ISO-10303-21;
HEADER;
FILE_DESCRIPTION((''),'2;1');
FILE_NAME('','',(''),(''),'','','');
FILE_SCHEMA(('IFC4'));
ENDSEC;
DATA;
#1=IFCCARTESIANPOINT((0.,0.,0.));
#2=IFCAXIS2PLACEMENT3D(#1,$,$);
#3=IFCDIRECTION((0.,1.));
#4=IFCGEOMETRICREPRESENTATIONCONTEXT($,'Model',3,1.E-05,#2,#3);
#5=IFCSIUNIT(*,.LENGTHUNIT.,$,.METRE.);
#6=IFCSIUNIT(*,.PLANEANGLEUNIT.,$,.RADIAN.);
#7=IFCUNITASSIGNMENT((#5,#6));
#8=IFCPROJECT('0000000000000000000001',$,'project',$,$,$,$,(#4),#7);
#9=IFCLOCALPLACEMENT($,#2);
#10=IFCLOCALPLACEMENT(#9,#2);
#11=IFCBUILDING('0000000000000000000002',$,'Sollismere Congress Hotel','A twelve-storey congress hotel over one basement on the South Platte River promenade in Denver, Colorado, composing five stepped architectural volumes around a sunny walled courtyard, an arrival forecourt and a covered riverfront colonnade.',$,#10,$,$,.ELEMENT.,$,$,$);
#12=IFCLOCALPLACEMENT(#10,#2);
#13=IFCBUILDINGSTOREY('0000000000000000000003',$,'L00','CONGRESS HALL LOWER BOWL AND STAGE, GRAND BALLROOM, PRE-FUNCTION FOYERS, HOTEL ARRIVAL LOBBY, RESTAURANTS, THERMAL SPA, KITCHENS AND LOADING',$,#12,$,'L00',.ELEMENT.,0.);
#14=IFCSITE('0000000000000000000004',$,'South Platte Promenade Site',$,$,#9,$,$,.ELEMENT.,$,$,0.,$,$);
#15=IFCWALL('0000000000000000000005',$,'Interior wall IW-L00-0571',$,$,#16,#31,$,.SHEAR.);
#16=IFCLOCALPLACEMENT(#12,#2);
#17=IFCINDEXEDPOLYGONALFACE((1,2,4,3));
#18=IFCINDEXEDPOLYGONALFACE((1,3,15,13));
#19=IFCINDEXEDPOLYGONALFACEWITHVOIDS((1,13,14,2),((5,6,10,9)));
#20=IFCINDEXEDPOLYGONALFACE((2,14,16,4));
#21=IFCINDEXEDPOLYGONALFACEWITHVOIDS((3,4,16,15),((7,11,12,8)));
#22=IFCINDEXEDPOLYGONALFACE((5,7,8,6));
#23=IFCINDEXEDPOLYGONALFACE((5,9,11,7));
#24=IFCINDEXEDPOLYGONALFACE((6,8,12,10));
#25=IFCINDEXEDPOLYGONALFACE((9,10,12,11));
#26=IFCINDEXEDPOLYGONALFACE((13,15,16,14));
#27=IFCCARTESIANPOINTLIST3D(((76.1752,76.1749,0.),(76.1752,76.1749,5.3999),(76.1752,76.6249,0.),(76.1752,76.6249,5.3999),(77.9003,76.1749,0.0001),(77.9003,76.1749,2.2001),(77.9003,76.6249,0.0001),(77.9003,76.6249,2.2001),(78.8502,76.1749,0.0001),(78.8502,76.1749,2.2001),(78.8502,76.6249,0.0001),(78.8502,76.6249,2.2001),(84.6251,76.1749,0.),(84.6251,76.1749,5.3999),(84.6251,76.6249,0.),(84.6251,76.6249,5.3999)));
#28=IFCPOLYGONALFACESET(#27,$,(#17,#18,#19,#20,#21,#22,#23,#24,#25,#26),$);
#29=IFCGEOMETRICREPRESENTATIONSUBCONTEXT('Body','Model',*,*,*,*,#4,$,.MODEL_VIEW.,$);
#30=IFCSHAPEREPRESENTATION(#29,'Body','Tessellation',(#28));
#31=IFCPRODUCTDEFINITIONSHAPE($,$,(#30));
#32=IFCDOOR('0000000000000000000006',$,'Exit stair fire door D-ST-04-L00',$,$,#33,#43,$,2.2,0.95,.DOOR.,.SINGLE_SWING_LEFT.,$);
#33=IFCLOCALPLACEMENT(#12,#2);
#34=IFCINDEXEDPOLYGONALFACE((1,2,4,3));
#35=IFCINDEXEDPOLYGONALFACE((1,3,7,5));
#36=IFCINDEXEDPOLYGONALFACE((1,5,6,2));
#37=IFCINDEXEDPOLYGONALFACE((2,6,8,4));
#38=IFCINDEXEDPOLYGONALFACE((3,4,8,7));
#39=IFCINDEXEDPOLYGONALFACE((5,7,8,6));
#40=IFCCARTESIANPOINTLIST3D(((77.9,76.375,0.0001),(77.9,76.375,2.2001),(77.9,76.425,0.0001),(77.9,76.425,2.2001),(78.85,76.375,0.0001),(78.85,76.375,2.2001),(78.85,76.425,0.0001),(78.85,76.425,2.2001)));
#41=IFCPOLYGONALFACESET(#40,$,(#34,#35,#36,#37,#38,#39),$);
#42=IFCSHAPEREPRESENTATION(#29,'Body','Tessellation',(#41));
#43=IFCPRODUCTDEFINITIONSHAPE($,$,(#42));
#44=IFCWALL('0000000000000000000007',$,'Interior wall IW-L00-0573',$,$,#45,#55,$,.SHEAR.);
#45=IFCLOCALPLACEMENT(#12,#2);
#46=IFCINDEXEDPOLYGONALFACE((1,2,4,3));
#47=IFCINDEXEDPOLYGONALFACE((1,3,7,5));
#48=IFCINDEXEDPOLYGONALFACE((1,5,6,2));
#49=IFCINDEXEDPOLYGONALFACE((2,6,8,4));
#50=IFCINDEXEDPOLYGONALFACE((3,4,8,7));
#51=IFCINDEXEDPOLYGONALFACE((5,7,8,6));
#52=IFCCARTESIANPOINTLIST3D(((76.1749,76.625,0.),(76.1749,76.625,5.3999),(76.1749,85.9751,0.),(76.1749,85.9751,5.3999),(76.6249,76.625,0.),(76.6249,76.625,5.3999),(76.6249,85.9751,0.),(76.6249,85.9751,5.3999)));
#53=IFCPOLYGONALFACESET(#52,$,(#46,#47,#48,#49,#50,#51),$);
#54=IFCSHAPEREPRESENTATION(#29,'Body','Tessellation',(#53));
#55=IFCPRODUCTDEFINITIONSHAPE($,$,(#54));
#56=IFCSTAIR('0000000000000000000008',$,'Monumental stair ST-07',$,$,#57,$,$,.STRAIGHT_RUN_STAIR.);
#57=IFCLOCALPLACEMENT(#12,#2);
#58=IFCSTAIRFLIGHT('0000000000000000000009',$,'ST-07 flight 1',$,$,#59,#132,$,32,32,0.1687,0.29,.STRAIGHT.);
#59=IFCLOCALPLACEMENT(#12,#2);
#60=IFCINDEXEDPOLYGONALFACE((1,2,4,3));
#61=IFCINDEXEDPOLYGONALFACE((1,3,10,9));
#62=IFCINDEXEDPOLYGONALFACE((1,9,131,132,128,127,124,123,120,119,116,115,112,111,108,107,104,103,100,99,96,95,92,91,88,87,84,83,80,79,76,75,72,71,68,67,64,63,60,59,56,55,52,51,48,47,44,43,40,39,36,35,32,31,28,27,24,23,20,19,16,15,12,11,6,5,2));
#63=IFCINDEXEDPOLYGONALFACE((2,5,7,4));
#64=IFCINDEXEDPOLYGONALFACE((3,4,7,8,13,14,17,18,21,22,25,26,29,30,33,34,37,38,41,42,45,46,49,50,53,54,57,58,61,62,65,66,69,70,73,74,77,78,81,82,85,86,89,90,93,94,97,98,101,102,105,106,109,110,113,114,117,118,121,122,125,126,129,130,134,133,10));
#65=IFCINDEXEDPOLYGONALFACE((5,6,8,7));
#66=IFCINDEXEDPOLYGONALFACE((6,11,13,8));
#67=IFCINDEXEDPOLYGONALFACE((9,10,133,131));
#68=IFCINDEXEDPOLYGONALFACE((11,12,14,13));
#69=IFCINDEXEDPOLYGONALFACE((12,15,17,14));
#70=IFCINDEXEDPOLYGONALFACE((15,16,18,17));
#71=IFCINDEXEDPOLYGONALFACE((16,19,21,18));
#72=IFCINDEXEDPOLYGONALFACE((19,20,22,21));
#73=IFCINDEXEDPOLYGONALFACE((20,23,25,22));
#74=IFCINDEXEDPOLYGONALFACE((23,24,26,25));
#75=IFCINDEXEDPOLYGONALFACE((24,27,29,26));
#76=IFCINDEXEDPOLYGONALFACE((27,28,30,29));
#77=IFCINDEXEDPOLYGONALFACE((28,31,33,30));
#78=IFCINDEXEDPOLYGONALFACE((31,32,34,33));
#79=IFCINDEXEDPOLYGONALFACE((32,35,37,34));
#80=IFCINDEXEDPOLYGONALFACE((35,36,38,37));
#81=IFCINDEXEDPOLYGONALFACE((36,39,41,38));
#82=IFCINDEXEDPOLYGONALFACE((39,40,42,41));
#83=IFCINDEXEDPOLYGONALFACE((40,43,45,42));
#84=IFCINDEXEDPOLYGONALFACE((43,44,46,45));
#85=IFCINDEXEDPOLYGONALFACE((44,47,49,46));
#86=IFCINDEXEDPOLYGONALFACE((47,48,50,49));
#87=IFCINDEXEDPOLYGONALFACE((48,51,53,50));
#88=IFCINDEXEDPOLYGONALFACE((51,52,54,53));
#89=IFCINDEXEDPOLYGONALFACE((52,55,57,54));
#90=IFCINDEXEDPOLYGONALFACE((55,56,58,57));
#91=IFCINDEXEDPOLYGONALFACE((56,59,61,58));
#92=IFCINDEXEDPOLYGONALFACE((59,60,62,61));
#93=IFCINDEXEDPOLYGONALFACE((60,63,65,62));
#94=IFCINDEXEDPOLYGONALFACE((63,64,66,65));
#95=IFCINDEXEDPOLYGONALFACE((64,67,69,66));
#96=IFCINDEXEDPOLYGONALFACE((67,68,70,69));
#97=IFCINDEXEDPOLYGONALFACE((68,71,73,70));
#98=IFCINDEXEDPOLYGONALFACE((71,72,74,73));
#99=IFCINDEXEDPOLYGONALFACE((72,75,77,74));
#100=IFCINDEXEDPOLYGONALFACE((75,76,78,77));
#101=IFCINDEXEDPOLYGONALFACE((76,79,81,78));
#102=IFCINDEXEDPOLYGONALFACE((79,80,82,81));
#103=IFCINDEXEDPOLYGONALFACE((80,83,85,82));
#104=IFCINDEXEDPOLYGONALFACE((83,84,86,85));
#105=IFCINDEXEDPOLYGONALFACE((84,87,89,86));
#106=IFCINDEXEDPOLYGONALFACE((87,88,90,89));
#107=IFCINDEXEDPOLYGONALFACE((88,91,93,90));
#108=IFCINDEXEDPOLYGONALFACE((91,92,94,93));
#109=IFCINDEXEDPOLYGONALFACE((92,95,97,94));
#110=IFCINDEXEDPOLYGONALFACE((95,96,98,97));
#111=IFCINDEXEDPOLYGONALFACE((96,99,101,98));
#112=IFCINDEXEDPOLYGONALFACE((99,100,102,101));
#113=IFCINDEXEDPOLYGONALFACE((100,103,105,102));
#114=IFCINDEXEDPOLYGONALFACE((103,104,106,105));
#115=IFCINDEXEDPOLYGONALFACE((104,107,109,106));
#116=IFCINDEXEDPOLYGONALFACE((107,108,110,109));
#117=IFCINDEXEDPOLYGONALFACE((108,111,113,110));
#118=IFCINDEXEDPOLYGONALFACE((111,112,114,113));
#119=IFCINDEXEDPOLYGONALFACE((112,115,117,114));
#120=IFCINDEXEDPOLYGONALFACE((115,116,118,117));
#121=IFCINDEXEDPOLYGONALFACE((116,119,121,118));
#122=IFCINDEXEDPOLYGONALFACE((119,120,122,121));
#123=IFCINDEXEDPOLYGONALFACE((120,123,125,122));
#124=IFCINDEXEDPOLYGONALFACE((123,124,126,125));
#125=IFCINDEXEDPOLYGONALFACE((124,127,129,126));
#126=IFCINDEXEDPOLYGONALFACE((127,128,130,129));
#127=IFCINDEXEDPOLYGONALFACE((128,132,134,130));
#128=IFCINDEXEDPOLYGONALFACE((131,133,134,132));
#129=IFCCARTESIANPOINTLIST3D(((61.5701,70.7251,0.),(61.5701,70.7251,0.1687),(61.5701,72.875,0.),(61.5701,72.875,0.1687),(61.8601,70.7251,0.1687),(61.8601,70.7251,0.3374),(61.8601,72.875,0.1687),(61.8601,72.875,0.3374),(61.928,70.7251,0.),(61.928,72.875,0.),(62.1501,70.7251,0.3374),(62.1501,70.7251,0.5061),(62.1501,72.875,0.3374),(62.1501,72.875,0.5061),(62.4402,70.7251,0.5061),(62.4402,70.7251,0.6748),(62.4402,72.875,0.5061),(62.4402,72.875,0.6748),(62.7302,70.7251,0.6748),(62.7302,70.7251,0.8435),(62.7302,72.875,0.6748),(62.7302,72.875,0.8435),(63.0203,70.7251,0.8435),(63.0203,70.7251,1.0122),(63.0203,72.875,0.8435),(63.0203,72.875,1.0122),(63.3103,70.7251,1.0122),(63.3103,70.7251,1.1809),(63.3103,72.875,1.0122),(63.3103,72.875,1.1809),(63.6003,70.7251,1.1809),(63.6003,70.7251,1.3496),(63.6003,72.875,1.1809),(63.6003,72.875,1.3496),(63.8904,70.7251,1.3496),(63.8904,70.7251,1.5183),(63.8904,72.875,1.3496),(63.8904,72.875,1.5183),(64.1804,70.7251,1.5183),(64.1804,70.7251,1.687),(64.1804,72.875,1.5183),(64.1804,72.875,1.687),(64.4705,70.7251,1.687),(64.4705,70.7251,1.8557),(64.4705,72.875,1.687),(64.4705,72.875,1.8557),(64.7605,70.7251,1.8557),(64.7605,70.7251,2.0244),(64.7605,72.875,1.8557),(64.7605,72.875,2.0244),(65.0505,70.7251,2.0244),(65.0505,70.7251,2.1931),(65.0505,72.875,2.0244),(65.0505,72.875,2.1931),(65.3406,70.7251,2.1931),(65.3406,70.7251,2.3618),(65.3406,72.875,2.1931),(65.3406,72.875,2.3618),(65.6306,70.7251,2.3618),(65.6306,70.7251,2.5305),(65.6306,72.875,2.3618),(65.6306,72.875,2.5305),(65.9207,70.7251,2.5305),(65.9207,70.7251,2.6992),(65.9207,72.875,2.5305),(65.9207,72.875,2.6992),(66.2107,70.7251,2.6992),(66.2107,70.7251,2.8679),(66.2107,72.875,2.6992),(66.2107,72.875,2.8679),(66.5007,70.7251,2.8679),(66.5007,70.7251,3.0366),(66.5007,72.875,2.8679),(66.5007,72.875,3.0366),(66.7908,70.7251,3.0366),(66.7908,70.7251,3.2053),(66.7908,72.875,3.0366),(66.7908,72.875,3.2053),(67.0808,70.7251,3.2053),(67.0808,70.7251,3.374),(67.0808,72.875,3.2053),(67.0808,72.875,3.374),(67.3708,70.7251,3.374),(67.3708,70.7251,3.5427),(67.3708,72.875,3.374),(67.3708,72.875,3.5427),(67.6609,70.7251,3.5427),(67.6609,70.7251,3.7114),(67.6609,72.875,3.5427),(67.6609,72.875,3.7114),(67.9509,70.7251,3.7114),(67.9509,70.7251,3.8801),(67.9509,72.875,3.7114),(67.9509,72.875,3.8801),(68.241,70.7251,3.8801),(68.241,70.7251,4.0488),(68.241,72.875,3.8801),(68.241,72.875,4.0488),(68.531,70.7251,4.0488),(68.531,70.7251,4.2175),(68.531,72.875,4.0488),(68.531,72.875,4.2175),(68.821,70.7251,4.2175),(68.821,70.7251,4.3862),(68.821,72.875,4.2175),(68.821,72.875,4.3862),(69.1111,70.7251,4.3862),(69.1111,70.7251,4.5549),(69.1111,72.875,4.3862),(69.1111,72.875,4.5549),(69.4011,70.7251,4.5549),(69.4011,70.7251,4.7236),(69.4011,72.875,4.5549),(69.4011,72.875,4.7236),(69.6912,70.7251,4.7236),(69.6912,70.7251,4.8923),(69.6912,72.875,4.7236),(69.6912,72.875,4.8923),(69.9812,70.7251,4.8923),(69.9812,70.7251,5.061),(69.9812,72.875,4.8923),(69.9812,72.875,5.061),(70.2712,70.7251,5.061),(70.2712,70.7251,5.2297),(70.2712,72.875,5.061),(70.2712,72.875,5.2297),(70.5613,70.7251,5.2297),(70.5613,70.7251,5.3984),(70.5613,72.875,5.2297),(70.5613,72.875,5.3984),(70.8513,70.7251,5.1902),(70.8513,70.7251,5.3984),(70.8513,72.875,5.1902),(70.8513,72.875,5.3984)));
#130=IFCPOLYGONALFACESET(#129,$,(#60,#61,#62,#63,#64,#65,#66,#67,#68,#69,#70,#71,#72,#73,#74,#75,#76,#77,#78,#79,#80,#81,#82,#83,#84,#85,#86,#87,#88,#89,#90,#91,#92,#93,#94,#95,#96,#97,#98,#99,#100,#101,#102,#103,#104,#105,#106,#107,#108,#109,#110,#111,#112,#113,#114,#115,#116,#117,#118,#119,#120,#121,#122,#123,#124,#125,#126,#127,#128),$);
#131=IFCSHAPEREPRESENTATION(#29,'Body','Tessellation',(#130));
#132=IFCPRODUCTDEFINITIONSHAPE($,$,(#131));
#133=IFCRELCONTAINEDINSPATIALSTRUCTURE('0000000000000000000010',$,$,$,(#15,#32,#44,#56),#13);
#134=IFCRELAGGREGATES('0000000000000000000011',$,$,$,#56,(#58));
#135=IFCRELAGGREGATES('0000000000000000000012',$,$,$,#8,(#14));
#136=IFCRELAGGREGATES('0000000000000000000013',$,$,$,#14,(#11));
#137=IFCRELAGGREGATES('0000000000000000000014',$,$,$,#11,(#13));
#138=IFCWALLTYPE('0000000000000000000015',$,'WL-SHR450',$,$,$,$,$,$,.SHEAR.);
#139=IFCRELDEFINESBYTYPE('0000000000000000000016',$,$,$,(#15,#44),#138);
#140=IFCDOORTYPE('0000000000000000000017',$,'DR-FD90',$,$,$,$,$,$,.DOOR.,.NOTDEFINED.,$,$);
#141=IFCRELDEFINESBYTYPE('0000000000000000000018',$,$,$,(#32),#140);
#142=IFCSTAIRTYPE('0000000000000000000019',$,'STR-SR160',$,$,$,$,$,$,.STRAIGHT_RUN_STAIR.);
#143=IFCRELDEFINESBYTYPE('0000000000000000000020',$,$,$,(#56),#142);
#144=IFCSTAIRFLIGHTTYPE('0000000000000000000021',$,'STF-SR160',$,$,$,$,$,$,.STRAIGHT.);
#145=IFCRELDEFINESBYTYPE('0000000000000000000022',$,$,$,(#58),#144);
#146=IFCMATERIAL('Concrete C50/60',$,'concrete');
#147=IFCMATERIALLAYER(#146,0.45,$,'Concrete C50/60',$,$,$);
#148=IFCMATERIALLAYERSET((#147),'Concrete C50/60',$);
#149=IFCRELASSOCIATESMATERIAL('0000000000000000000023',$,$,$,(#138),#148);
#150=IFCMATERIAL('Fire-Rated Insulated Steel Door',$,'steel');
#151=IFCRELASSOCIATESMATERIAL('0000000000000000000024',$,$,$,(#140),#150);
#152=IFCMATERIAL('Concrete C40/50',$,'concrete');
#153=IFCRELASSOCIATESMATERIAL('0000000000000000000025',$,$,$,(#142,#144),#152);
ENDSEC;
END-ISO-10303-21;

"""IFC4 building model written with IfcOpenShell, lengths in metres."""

from ifc_helpers import new_model, si_unit, direction, frame, frame_2d, origin, place, context, subcontext, project, spatial, polyline, rectangle, outline, extrude, material, layer, layer_set, type_object, element, fill, aggregate, save


model = new_model("IFC4")

# Units and contexts
model_context = context("Model", 3, precision=1e-05, world=origin(), true_north=direction((0.0, 1.0)))
body_context = subcontext(model_context, "Body", "Model", "MODEL_VIEW")
ifc_project = project(units=[si_unit("LENGTHUNIT", "METRE"), si_unit("PLANEANGLEUNIT", "RADIAN")], contexts=[model_context])

# Site, building, storey
site_placement = place(None, origin())
site = spatial("IfcSite", under=ifc_project, at=site_placement, Name="South Platte Promenade Site", CompositionType="ELEMENT", RefElevation=0.0)
building_placement = place(site_placement, origin())
building = spatial("IfcBuilding", under=site, at=building_placement, Name="Sollismere Congress Hotel", Description="A twelve-storey congress hotel over one basement on the South Platte River promenade in Denver, Colorado, composing five stepped architectural volumes around a sunny walled courtyard, an arrival forecourt and a covered riverfront colonnade.", CompositionType="ELEMENT")
storey_placement = place(building_placement, origin())
storey = spatial("IfcBuildingStorey", under=building, at=storey_placement, Name="L00", Description="CONGRESS HALL LOWER BOWL AND STAGE, GRAND BALLROOM, PRE-FUNCTION FOYERS, HOTEL ARRIVAL LOBBY, RESTAURANTS, THERMAL SPA, KITCHENS AND LOADING", LongName="L00", CompositionType="ELEMENT", Elevation=0.0)

# Wall, opening, door
ifc_material_1 = material(Name="Concrete C50/60", Category="concrete")
ifc_layer_1 = layer(ifc_material_1, 0.45, Name="Concrete C50/60")
ifc_layer_set_1 = layer_set([ifc_layer_1], Name="Concrete C50/60")
wall_type_1 = type_object("IfcWallType", Name="WL-SHR450", PredefinedType="SHEAR", material=ifc_layer_set_1)
wall_1_placement = place(storey_placement, frame((76.175, 76.3999, 0.0), z_axis=(0.0, 0.0, 1.0), x_axis=(1.0, 0.0, 0.0)))
wall_1 = element("IfcWall", 1, at=wall_1_placement, inside=storey, type_object=wall_type_1, Name="Interior wall IW-L00-0571", PredefinedType="SHEAR", context=body_context, shape_type="SweptSolid", body=[
    extrude(rectangle(XDim=8.45, YDim=0.45, at=frame_2d((4.2251, 0.0))), origin(), (0.0, 0.0, 1.0), 5.3999),
])
opening_1_placement = place(wall_1_placement, frame((1.7251, 0.0, 0.0)))
opening_1 = element("IfcOpeningElement", 2, at=opening_1_placement, cuts=wall_1, PredefinedType="OPENING", context=body_context, shape_type="SweptSolid", body=[
    extrude(rectangle(XDim=0.95, YDim=2.2, at=frame_2d((0.4751, 1.1001))), frame((0.0, 0.2349, 0.0), z_axis=(0.0, -1.0, 0.0), x_axis=(1.0, 0.0, 0.0)), (0.0, 0.0, 1.0), 0.47),
])
ifc_material_2 = material(Name="Fire-Rated Insulated Steel Door", Category="steel")
door_type_1 = type_object("IfcDoorType", Name="DR-FD90", OperationType="NOTDEFINED", PredefinedType="DOOR", material=ifc_material_2)
door_1_placement = place(opening_1_placement, frame((0.95, 0.0, 0.0), z_axis=(0.0, 0.0, 1.0), x_axis=(-1.0, 0.0, 0.0)))
door_1 = element("IfcDoor", 3, at=door_1_placement, inside=storey, type_object=door_type_1, Name="Exit stair fire door D-ST-04-L00", OperationType="SINGLE_SWING_LEFT", OverallHeight=2.2, OverallWidth=0.95, PredefinedType="DOOR", context=body_context, shape_type="SweptSolid", body=[
    extrude(rectangle(XDim=0.95, YDim=2.2, at=frame_2d((0.4751, 1.1001))), frame((0.0, 0.0249, 0.0), z_axis=(0.0, -1.0, 0.0), x_axis=(1.0, 0.0, 0.0)), (0.0, 0.0, 1.0), 0.05),
])
fill(opening_1, door_1)

# Wall
wall_2_placement = place(storey_placement, frame((76.3999, 85.9751, 0.0), z_axis=(0.0, 0.0, 1.0), x_axis=(0.0, -1.0, 0.0)))
element("IfcWall", 4, at=wall_2_placement, inside=storey, type_object=wall_type_1, Name="Interior wall IW-L00-0573", PredefinedType="SHEAR", context=body_context, shape_type="SweptSolid", body=[
    extrude(rectangle(XDim=9.3501, YDim=0.45, at=frame_2d((4.675, 0.0))), origin(), (0.0, 0.0, 1.0), 5.3999),
])

# Stair, stair flight
ifc_material_3 = material(Name="Concrete C40/50", Category="concrete")
stair_type = type_object("IfcStairType", Name="STR-SR160", PredefinedType="STRAIGHT_RUN_STAIR", material=ifc_material_3)
stair_placement = place(storey_placement, origin())
stair = element("IfcStair", 5, at=stair_placement, inside=storey, type_object=stair_type, Name="Monumental stair ST-07", PredefinedType="STRAIGHT_RUN_STAIR")
stair_flight_type = type_object("IfcStairFlightType", Name="STF-SR160", PredefinedType="STRAIGHT", material=ifc_material_3)
stair_flight_placement = place(storey_placement, frame((61.5701, 71.8, 0.0), z_axis=(0.0, 0.0, 1.0), x_axis=(1.0, 0.0, 0.0)))
stair_flight = element("IfcStairFlight", 6, at=stair_flight_placement, type_object=stair_flight_type, Name="ST-07 flight 1", NumberOfRisers=32, NumberOfTreads=32, PredefinedType="STRAIGHT", RiserHeight=0.1687, TreadLength=0.29, context=body_context, shape_type="SweptSolid", body=[
    extrude(outline(polyline([(0.0, 0.0), (0.0, 0.1687), (0.29, 0.1687), (0.29, 0.3374), (0.5801, 0.3374), (0.5801, 0.5061), (0.8701, 0.5061), (0.8701, 0.6748), (1.1602, 0.6748), (1.1602, 0.8435), (1.4502, 0.8435), (1.4502, 1.0122), (1.7402, 1.0122), (1.7402, 1.1809), (2.0303, 1.1809), (2.0303, 1.3496), (2.3203, 1.3496), (2.3203, 1.5183), (2.6104, 1.5183), (2.6104, 1.687), (2.9004, 1.687), (2.9004, 1.8557), (3.1904, 1.8557), (3.1904, 2.0244), (3.4805, 2.0244), (3.4805, 2.1931), (3.7705, 2.1931), (3.7705, 2.3618), (4.0605, 2.3618), (4.0605, 2.5305), (4.3506, 2.5305), (4.3506, 2.6992), (4.6406, 2.6992), (4.6406, 2.8679), (4.9307, 2.8679), (4.9307, 3.0366), (5.2207, 3.0366), (5.2207, 3.2053), (5.5107, 3.2053), (5.5107, 3.374), (5.8008, 3.374), (5.8008, 3.5427), (6.0908, 3.5427), (6.0908, 3.7114), (6.3809, 3.7114), (6.3809, 3.8801), (6.6709, 3.8801), (6.6709, 4.0488), (6.9609, 4.0488), (6.9609, 4.2175), (7.251, 4.2175), (7.251, 4.3862), (7.541, 4.3862), (7.541, 4.5549), (7.8311, 4.5549), (7.8311, 4.7236), (8.1211, 4.7236), (8.1211, 4.8923), (8.4111, 4.8923), (8.4111, 5.061), (8.7012, 5.061), (8.7012, 5.2297), (8.9912, 5.2297), (8.9912, 5.3984), (9.2812, 5.3984), (9.2812, 5.1902), (0.3579, 0.0), (0.0, 0.0)])), frame((0.0, 1.075, 0.0), z_axis=(0.0, -1.0, 0.0), x_axis=(1.0, 0.0, 0.0)), (0.0, 0.0, 1.0), 2.1499),
])
aggregate(stair, [stair_flight])

save(model, "model.ifc")
